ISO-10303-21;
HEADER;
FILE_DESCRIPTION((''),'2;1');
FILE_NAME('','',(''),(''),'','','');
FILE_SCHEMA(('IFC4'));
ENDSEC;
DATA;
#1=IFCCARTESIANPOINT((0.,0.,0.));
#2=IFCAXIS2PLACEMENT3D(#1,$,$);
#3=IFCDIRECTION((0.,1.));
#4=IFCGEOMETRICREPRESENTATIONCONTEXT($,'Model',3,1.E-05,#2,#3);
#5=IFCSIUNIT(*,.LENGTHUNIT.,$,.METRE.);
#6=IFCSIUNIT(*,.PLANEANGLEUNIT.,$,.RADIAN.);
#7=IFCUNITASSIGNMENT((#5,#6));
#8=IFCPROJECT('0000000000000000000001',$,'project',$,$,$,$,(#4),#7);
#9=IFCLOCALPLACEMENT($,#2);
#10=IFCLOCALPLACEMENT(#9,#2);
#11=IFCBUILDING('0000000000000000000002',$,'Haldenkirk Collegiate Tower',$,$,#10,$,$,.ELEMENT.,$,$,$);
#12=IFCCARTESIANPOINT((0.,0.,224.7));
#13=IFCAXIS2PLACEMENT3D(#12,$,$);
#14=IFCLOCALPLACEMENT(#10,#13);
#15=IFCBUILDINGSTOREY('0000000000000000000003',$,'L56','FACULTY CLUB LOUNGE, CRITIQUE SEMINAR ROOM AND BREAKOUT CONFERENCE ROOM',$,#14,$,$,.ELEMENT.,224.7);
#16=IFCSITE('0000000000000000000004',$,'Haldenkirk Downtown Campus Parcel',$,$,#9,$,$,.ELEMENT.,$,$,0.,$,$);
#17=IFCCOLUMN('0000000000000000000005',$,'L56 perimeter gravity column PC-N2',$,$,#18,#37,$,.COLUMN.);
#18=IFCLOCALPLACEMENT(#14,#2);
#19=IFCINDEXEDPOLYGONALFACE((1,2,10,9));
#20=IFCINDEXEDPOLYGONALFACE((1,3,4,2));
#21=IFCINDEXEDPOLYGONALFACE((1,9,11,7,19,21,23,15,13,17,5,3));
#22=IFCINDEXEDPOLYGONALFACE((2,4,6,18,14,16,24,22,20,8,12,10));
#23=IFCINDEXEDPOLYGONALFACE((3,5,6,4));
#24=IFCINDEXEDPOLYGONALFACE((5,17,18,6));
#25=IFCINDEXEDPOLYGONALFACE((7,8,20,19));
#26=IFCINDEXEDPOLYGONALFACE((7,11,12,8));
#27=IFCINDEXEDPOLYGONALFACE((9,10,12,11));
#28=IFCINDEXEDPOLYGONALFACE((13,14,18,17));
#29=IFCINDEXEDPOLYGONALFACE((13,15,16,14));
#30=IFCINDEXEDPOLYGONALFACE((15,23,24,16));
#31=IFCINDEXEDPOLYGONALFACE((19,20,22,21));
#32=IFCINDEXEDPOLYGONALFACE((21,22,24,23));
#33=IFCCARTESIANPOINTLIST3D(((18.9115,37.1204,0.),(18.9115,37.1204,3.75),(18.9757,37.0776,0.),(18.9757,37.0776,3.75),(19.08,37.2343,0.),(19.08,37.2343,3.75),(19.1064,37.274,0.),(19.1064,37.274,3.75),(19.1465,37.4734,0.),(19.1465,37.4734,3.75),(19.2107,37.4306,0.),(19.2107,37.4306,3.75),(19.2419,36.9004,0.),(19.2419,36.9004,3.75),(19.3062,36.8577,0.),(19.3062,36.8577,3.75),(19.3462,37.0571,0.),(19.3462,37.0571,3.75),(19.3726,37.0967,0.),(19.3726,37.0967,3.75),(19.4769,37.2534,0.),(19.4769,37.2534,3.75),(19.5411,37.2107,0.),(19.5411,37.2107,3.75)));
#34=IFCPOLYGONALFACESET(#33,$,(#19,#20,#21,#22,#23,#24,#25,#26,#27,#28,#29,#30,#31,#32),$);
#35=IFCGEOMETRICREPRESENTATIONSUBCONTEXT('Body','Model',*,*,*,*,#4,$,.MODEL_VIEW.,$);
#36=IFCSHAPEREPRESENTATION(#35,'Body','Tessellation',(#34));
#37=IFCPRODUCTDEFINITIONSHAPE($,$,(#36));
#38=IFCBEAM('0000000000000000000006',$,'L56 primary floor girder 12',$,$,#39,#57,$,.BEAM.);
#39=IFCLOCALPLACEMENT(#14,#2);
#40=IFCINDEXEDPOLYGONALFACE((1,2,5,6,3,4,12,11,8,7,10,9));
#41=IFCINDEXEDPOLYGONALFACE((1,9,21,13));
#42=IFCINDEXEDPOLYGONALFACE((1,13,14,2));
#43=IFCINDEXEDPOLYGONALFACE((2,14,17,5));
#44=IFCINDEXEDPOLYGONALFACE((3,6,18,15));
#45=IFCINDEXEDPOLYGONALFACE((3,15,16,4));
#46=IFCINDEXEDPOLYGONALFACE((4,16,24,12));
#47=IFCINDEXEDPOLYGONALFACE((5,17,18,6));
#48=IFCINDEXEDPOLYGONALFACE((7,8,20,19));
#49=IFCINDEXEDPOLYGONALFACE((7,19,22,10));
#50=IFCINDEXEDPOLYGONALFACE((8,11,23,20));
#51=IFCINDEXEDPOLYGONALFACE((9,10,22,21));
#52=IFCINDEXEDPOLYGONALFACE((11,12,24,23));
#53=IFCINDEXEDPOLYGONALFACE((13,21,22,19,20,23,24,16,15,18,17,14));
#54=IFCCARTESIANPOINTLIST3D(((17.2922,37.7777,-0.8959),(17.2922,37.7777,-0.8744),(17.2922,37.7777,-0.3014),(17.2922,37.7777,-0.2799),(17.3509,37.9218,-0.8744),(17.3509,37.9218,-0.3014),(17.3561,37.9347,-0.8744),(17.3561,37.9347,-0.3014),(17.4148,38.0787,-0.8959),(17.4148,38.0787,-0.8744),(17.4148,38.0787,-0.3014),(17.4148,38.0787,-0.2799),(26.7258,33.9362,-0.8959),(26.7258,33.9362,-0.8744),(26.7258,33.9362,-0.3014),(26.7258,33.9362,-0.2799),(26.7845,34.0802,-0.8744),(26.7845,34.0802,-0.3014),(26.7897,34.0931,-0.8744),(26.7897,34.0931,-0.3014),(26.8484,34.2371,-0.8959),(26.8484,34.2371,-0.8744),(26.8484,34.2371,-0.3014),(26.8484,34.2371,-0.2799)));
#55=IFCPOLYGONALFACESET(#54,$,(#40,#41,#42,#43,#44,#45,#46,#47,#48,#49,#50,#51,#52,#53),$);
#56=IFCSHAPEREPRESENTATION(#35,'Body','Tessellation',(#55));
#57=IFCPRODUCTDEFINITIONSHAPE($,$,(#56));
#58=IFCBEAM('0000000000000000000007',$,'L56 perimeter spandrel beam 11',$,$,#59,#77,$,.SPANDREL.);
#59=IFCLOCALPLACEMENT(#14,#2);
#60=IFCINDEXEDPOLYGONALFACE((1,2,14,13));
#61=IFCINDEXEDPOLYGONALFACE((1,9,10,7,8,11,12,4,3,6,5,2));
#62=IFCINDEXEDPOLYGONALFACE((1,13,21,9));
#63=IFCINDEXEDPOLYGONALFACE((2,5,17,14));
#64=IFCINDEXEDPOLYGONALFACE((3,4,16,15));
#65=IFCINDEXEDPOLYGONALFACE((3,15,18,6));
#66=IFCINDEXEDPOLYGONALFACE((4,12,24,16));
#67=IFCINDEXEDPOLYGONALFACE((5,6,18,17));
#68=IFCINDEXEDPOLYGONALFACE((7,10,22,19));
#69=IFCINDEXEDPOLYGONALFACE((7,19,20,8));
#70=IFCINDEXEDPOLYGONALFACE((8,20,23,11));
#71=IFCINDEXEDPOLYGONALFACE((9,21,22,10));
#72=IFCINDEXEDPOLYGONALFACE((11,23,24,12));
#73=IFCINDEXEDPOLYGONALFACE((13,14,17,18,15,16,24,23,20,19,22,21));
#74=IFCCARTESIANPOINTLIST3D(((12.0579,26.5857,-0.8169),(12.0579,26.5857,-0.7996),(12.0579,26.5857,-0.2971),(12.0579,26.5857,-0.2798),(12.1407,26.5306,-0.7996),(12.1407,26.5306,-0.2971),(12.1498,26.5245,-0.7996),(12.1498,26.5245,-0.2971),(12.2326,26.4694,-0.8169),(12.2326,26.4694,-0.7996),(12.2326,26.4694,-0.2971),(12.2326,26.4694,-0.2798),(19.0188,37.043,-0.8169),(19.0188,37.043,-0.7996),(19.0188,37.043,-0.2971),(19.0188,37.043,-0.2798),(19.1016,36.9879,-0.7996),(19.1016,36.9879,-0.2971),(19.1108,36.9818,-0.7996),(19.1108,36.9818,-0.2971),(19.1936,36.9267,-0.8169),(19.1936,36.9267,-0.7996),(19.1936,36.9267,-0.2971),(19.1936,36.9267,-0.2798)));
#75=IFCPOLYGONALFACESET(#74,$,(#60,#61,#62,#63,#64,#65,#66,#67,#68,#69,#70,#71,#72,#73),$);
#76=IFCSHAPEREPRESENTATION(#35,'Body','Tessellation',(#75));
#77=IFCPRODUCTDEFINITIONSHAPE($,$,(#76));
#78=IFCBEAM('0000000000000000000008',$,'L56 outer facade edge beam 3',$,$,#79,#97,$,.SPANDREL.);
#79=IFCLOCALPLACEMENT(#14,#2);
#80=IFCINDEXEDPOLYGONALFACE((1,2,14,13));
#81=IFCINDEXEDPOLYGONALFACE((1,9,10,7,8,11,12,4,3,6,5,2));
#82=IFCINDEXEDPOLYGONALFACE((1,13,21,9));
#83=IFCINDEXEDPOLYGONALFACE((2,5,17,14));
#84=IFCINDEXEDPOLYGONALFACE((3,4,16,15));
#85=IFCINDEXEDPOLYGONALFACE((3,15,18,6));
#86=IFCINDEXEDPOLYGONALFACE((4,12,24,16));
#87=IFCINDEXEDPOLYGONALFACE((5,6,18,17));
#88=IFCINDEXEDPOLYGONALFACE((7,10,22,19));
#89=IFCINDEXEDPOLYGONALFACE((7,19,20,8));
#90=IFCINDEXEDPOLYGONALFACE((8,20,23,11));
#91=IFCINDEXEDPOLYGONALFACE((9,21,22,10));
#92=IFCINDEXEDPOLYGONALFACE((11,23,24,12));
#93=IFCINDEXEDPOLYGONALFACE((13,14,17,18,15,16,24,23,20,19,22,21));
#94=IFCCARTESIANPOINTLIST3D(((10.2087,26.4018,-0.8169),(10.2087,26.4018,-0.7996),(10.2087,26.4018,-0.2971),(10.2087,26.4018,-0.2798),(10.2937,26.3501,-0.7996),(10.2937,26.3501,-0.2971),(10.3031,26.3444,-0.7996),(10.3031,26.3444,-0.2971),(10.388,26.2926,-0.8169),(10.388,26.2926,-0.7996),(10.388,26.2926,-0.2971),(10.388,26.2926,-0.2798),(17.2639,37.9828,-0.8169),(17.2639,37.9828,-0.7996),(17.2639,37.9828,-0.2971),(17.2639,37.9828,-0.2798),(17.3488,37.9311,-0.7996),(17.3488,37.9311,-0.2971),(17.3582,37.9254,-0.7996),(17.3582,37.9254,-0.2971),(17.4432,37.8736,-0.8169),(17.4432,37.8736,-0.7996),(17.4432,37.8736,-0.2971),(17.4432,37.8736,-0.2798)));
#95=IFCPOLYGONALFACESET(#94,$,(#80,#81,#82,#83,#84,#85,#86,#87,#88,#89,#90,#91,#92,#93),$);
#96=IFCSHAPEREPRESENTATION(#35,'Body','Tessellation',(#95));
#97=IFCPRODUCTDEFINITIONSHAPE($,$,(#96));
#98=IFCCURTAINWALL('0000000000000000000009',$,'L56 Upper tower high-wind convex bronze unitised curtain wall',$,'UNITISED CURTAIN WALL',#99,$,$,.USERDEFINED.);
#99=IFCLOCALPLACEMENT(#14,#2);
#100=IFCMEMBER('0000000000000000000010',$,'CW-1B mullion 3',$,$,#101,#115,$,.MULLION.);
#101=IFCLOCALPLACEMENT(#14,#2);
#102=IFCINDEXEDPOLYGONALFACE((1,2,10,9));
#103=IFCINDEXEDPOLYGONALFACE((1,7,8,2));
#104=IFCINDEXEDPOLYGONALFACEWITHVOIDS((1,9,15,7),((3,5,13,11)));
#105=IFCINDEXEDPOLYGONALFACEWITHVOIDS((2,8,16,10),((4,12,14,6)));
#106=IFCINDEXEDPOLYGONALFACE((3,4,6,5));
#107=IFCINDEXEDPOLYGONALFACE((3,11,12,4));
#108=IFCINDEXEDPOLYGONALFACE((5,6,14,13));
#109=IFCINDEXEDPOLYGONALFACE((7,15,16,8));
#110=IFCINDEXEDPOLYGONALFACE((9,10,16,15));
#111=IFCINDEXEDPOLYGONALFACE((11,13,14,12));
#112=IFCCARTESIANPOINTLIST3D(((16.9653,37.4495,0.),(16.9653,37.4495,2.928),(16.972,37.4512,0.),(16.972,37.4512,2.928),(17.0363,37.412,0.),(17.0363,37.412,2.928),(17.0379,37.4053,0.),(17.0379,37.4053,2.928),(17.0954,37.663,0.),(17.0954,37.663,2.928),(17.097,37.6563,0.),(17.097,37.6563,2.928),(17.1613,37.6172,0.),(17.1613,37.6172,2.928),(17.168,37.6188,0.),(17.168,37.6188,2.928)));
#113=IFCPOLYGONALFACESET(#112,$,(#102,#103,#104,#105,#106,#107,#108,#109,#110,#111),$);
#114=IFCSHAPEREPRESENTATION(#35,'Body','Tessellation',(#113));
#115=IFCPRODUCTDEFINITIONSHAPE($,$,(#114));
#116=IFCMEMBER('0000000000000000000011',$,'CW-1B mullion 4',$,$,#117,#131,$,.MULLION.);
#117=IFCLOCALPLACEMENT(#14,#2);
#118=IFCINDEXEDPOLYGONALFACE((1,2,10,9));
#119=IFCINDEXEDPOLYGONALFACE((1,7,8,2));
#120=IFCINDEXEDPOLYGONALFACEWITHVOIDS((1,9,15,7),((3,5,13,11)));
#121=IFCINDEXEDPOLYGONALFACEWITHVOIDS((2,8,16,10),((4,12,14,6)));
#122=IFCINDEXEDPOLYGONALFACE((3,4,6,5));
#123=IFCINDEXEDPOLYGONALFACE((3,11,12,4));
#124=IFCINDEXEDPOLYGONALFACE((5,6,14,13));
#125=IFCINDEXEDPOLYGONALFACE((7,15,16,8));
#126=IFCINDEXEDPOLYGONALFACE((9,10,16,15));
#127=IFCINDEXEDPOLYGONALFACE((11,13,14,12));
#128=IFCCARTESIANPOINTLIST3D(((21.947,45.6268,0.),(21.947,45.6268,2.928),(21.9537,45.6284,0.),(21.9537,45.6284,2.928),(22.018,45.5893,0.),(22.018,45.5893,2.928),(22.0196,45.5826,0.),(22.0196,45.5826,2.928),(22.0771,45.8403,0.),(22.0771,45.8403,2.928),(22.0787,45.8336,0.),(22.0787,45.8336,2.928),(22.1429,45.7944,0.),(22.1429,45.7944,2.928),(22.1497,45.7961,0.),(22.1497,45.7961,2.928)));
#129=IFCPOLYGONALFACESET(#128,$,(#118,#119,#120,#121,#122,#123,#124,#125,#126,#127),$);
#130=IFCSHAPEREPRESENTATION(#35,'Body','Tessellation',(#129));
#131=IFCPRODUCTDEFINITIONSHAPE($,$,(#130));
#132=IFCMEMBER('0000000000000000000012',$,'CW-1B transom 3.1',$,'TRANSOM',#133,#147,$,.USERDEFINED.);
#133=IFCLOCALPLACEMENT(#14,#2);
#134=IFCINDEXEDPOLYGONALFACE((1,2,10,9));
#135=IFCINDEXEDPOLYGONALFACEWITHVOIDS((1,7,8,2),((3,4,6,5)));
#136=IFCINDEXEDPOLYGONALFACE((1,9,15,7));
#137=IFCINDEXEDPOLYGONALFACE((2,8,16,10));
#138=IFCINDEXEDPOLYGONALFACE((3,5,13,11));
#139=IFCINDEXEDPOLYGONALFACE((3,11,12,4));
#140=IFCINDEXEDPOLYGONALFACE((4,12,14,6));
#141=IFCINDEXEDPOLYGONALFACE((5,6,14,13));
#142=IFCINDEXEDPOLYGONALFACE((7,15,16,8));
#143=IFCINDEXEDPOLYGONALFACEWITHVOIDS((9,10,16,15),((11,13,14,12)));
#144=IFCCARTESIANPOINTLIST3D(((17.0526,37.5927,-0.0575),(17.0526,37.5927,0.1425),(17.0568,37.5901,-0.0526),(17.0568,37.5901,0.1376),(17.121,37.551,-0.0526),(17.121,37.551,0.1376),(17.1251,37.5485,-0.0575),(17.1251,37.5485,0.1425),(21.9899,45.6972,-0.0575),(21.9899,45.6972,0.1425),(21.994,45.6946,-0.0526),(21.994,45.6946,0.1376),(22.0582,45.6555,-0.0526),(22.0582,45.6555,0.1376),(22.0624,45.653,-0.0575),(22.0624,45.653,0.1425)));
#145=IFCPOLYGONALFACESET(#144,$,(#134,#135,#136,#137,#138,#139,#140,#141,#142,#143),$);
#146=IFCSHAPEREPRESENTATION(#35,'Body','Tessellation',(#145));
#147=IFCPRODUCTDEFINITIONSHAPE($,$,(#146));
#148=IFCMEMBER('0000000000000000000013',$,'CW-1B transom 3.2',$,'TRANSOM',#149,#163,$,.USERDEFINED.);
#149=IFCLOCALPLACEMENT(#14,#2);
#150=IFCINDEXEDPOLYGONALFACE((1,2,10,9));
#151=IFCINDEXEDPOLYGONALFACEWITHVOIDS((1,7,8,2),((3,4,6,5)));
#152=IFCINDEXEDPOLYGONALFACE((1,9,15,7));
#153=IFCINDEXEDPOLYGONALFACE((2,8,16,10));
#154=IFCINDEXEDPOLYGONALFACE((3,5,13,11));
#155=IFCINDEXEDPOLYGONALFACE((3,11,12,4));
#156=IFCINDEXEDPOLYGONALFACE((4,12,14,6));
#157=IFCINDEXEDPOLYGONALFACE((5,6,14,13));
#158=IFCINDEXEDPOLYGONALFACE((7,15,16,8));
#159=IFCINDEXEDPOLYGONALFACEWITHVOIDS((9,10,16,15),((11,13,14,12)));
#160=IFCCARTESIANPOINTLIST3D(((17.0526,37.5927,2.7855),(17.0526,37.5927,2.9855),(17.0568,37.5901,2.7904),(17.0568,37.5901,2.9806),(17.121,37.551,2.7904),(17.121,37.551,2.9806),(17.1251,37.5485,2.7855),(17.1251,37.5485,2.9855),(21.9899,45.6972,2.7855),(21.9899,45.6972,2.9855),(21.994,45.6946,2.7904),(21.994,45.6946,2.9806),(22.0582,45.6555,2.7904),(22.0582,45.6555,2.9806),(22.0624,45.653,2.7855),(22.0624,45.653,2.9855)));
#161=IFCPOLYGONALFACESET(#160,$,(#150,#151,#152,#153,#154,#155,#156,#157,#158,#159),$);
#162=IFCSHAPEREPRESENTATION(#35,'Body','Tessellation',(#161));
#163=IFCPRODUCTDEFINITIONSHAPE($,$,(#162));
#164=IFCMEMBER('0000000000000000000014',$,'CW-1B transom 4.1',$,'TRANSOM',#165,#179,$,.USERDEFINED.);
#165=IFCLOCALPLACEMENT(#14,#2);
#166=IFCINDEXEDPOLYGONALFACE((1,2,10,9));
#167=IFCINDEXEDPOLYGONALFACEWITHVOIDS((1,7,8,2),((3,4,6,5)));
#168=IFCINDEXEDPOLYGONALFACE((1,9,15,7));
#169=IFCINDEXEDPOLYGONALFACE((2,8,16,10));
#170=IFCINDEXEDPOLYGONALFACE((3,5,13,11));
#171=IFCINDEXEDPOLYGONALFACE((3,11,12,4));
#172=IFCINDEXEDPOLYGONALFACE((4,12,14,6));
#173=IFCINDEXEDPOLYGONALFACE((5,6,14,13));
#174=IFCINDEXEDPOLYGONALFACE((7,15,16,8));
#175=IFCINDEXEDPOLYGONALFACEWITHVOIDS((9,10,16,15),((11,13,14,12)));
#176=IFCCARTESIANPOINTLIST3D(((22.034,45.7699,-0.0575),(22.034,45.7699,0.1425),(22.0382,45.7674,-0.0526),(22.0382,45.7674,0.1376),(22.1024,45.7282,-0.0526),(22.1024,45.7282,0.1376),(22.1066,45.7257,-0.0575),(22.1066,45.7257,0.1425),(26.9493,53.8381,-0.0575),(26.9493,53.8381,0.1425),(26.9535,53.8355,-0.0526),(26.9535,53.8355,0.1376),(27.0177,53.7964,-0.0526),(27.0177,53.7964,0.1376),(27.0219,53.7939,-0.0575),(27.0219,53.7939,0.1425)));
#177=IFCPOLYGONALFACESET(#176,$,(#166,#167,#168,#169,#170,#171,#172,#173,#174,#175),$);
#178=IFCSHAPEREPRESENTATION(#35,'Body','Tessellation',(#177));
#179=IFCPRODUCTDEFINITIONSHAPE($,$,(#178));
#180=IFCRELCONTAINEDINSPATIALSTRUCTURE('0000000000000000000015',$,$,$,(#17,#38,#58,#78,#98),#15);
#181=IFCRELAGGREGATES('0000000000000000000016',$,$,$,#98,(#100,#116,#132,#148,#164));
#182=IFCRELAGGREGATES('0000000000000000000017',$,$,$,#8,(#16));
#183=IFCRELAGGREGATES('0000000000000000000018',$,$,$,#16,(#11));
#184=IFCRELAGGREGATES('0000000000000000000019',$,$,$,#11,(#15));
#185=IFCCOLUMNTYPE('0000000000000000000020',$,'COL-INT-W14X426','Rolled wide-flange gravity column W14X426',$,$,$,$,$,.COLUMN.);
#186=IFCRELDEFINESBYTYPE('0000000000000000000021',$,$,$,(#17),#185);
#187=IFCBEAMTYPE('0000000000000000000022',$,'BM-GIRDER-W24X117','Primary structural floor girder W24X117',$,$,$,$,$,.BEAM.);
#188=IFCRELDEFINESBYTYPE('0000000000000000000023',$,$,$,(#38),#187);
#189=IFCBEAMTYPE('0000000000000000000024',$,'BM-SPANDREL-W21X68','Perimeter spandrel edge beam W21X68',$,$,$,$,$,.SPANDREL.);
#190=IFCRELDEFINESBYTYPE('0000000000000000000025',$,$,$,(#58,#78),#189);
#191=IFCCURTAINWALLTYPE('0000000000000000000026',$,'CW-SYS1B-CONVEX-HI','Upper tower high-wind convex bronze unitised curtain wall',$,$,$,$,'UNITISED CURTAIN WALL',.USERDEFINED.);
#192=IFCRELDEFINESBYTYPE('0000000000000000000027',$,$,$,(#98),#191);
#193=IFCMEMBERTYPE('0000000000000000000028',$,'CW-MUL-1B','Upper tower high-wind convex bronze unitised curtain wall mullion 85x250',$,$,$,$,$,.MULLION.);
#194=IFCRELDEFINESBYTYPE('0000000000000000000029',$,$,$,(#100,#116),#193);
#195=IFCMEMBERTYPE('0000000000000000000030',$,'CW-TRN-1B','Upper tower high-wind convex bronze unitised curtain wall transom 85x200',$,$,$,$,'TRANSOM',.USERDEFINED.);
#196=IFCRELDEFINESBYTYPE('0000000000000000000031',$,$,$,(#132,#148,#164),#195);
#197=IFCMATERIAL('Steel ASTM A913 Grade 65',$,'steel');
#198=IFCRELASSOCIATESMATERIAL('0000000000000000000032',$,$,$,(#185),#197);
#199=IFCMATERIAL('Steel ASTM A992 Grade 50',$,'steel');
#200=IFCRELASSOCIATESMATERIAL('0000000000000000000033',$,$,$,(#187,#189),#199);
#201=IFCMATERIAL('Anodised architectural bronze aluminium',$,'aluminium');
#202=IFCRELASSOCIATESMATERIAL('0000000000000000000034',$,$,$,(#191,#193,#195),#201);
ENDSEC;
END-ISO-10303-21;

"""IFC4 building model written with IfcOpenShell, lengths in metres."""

from ifc_helpers import new_model, si_unit, direction, frame, origin, origin_2d, place, context, subcontext, project, spatial, hollow_rectangle, i_section, extrude, material, material_profile, profile_set, type_object, element, aggregate, save


model = new_model("IFC4")

# Units and contexts
model_context = context("Model", 3, precision=1e-05, world=origin(), true_north=direction((0.0, 1.0)))
body_context = subcontext(model_context, "Body", "Model", "MODEL_VIEW")
ifc_project = project(units=[si_unit("LENGTHUNIT", "METRE"), si_unit("PLANEANGLEUNIT", "RADIAN")], contexts=[model_context])

# Site, building, storey
site_placement = place(None, origin())
site = spatial("IfcSite", under=ifc_project, at=site_placement, Name="Haldenkirk Downtown Campus Parcel", CompositionType="ELEMENT", RefElevation=0.0)
building_placement = place(site_placement, origin())
building = spatial("IfcBuilding", under=site, at=building_placement, Name="Haldenkirk Collegiate Tower", CompositionType="ELEMENT")
storey_placement = place(building_placement, frame((0.0, 0.0, 224.7)))
storey = spatial("IfcBuildingStorey", under=building, at=storey_placement, Name="L56", Description="FACULTY CLUB LOUNGE, CRITIQUE SEMINAR ROOM AND BREAKOUT CONFERENCE ROOM", CompositionType="ELEMENT", Elevation=224.7)

# Column
ifc_material_1 = material(Name="Steel ASTM A913 Grade 65", Category="steel")
ifc_material_profile_1 = material_profile(ifc_material_1, i_section(OverallWidth=0.4241, OverallDepth=0.4741, WebThickness=0.0476, FlangeThickness=0.0771, at=origin_2d()), Name="W14X426")
ifc_profile_set_1 = profile_set([ifc_material_profile_1], Name="Steel ASTM A913 Grade 65")
column_type = type_object("IfcColumnType", Name="COL-INT-W14X426", Description="Rolled wide-flange gravity column W14X426", PredefinedType="COLUMN", material=ifc_profile_set_1)
column_placement = place(storey_placement, frame((19.2263, 37.1655, 0.0), z_axis=(0.0, 0.0, 1.0), x_axis=(0.554118, 0.832438, 0.0)))
element("IfcColumn", 1, at=column_placement, inside=storey, type_object=column_type, Name="L56 perimeter gravity column PC-N2", PredefinedType="COLUMN", context=body_context, shape_type="SweptSolid", body=[
    extrude(i_section(OverallWidth=0.4241, OverallDepth=0.4741, WebThickness=0.0476, FlangeThickness=0.0771, at=origin_2d()), origin(), (0.0, 0.0, 1.0), 3.75),
])

# Beams
ifc_material_2 = material(Name="Steel ASTM A992 Grade 50", Category="steel")
ifc_material_profile_2 = material_profile(ifc_material_2, i_section(OverallWidth=0.325, OverallDepth=0.616, WebThickness=0.0139, FlangeThickness=0.0215, at=origin_2d()), Name="W24X117")
ifc_profile_set_2 = profile_set([ifc_material_profile_2], Name="Steel ASTM A992 Grade 50")
beam_type_1 = type_object("IfcBeamType", Name="BM-GIRDER-W24X117", Description="Primary structural floor girder W24X117", PredefinedType="BEAM", material=ifc_profile_set_2)
beam_1_placement = place(storey_placement, frame((17.3535, 37.9282, -0.5879), z_axis=(0.926153, -0.377148, 0.0), x_axis=(0.377148, 0.926153, 0.0)))
element("IfcBeam", 2, at=beam_1_placement, inside=storey, type_object=beam_type_1, Name="L56 primary floor girder 12", PredefinedType="BEAM", context=body_context, shape_type="SweptSolid", body=[
    extrude(i_section(OverallWidth=0.325, OverallDepth=0.616, WebThickness=0.0139, FlangeThickness=0.0215, at=origin_2d()), origin(), (0.0, 0.0, 1.0), 10.1858),
])
ifc_material_profile_3 = material_profile(ifc_material_2, i_section(OverallWidth=0.21, OverallDepth=0.5371, WebThickness=0.011, FlangeThickness=0.0173, at=origin_2d()), Name="W21X68")
ifc_profile_set_3 = profile_set([ifc_material_profile_3], Name="Steel ASTM A992 Grade 50")
beam_type_2 = type_object("IfcBeamType", Name="BM-SPANDREL-W21X68", Description="Perimeter spandrel edge beam W21X68", PredefinedType="SPANDREL", material=ifc_profile_set_3)
beam_2_placement = place(storey_placement, frame((19.1062, 36.9849, -0.5483), z_axis=(-0.554117, -0.832439, 0.0), x_axis=(0.832439, -0.554117, 0.0)))
element("IfcBeam", 3, at=beam_2_placement, inside=storey, type_object=beam_type_2, Name="L56 perimeter spandrel beam 11", PredefinedType="SPANDREL", context=body_context, shape_type="SweptSolid", body=[
    extrude(i_section(OverallWidth=0.21, OverallDepth=0.5371, WebThickness=0.011, FlangeThickness=0.0173, at=origin_2d()), origin(), (0.0, 0.0, 1.0), 12.5623),
])
beam_3_placement = place(storey_placement, frame((17.3535, 37.9282, -0.5483), z_axis=(-0.520261, -0.854007, 0.0), x_axis=(0.854007, -0.520261, 0.0)))
element("IfcBeam", 4, at=beam_3_placement, inside=storey, type_object=beam_type_2, Name="L56 outer facade edge beam 3", PredefinedType="SPANDREL", context=body_context, shape_type="SweptSolid", body=[
    extrude(i_section(OverallWidth=0.21, OverallDepth=0.5371, WebThickness=0.011, FlangeThickness=0.0173, at=origin_2d()), origin(), (0.0, 0.0, 1.0), 13.5608),
])

# Curtain wall, members
ifc_material_3 = material(Name="Anodised architectural bronze aluminium", Category="aluminium")
curtain_wall_type = type_object("IfcCurtainWallType", Name="CW-SYS1B-CONVEX-HI", Description="Upper tower high-wind convex bronze unitised curtain wall", ElementType="UNITISED CURTAIN WALL", PredefinedType="USERDEFINED", material=ifc_material_3)
curtain_wall_placement = place(storey_placement, origin())
curtain_wall = element("IfcCurtainWall", 5, at=curtain_wall_placement, inside=storey, type_object=curtain_wall_type, Name="L56 Upper tower high-wind convex bronze unitised curtain wall", ObjectType="UNITISED CURTAIN WALL", PredefinedType="USERDEFINED")
ifc_material_profile_4 = material_profile(ifc_material_3, hollow_rectangle(XDim=0.085, YDim=0.25, WallThickness=0.0049, at=origin_2d()), Name="CW-MUL-1B")
ifc_profile_set_4 = profile_set([ifc_material_profile_4], Name="Anodised architectural bronze aluminium")
member_type_1 = type_object("IfcMemberType", Name="CW-MUL-1B", Description="Upper tower high-wind convex bronze unitised curtain wall mullion 85x250", PredefinedType="MULLION", material=ifc_profile_set_4)
member_1_placement = place(storey_placement, frame((17.0667, 37.5342, 0.0), z_axis=(0.0, 0.0, 1.0), x_axis=(-0.854004, 0.520266, 0.0)))
member_1 = element("IfcMember", 6, at=member_1_placement, type_object=member_type_1, Name="CW-1B mullion 3", PredefinedType="MULLION", context=body_context, shape_type="SweptSolid", body=[
    extrude(hollow_rectangle(XDim=0.085, YDim=0.25, WallThickness=0.0049, at=origin_2d()), origin(), (0.0, 0.0, 1.0), 2.928),
])
member_2_placement = place(storey_placement, frame((22.0483, 45.7114, 0.0), z_axis=(0.0, 0.0, 1.0), x_axis=(-0.854004, 0.520266, 0.0)))
member_2 = element("IfcMember", 7, at=member_2_placement, type_object=member_type_1, Name="CW-1B mullion 4", PredefinedType="MULLION", context=body_context, shape_type="SweptSolid", body=[
    extrude(hollow_rectangle(XDim=0.085, YDim=0.25, WallThickness=0.0049, at=origin_2d()), origin(), (0.0, 0.0, 1.0), 2.928),
])
ifc_material_profile_5 = material_profile(ifc_material_3, hollow_rectangle(XDim=0.085, YDim=0.2, WallThickness=0.0049, at=origin_2d()), Name="CW-TRN-1B")
ifc_profile_set_5 = profile_set([ifc_material_profile_5], Name="Anodised architectural bronze aluminium")
member_type_2 = type_object("IfcMemberType", Name="CW-TRN-1B", Description="Upper tower high-wind convex bronze unitised curtain wall transom 85x200", ElementType="TRANSOM", PredefinedType="USERDEFINED", material=ifc_profile_set_5)
member_3_placement = place(storey_placement, frame((17.0889, 37.5706, 0.0425), z_axis=(0.520261, 0.854007, 0.0), x_axis=(-0.854007, 0.520261, 0.0)))
member_3 = element("IfcMember", 8, at=member_3_placement, type_object=member_type_2, Name="CW-1B transom 3.1", ObjectType="TRANSOM", PredefinedType="USERDEFINED", context=body_context, shape_type="SweptSolid", body=[
    extrude(hollow_rectangle(XDim=0.085, YDim=0.2, WallThickness=0.0049, at=origin_2d()), origin(), (0.0, 0.0, 1.0), 9.49),
])
member_4_placement = place(storey_placement, frame((17.0889, 37.5706, 2.8855), z_axis=(0.520261, 0.854007, 0.0), x_axis=(-0.854007, 0.520261, 0.0)))
member_4 = element("IfcMember", 9, at=member_4_placement, type_object=member_type_2, Name="CW-1B transom 3.2", ObjectType="TRANSOM", PredefinedType="USERDEFINED", context=body_context, shape_type="SweptSolid", body=[
    extrude(hollow_rectangle(XDim=0.085, YDim=0.2, WallThickness=0.0049, at=origin_2d()), origin(), (0.0, 0.0, 1.0), 9.49),
])
member_5_placement = place(storey_placement, frame((22.0703, 45.7478, 0.0425), z_axis=(0.520276, 0.853998, 0.0), x_axis=(-0.853998, 0.520276, 0.0)))
member_5 = element("IfcMember", 10, at=member_5_placement, type_object=member_type_2, Name="CW-1B transom 4.1", ObjectType="TRANSOM", PredefinedType="USERDEFINED", context=body_context, shape_type="SweptSolid", body=[
    extrude(hollow_rectangle(XDim=0.085, YDim=0.2, WallThickness=0.0049, at=origin_2d()), origin(), (0.0, 0.0, 1.0), 9.4475),
])
aggregate(curtain_wall, [member_1, member_2, member_3, member_4, member_5])

save(model, "model.ifc")
